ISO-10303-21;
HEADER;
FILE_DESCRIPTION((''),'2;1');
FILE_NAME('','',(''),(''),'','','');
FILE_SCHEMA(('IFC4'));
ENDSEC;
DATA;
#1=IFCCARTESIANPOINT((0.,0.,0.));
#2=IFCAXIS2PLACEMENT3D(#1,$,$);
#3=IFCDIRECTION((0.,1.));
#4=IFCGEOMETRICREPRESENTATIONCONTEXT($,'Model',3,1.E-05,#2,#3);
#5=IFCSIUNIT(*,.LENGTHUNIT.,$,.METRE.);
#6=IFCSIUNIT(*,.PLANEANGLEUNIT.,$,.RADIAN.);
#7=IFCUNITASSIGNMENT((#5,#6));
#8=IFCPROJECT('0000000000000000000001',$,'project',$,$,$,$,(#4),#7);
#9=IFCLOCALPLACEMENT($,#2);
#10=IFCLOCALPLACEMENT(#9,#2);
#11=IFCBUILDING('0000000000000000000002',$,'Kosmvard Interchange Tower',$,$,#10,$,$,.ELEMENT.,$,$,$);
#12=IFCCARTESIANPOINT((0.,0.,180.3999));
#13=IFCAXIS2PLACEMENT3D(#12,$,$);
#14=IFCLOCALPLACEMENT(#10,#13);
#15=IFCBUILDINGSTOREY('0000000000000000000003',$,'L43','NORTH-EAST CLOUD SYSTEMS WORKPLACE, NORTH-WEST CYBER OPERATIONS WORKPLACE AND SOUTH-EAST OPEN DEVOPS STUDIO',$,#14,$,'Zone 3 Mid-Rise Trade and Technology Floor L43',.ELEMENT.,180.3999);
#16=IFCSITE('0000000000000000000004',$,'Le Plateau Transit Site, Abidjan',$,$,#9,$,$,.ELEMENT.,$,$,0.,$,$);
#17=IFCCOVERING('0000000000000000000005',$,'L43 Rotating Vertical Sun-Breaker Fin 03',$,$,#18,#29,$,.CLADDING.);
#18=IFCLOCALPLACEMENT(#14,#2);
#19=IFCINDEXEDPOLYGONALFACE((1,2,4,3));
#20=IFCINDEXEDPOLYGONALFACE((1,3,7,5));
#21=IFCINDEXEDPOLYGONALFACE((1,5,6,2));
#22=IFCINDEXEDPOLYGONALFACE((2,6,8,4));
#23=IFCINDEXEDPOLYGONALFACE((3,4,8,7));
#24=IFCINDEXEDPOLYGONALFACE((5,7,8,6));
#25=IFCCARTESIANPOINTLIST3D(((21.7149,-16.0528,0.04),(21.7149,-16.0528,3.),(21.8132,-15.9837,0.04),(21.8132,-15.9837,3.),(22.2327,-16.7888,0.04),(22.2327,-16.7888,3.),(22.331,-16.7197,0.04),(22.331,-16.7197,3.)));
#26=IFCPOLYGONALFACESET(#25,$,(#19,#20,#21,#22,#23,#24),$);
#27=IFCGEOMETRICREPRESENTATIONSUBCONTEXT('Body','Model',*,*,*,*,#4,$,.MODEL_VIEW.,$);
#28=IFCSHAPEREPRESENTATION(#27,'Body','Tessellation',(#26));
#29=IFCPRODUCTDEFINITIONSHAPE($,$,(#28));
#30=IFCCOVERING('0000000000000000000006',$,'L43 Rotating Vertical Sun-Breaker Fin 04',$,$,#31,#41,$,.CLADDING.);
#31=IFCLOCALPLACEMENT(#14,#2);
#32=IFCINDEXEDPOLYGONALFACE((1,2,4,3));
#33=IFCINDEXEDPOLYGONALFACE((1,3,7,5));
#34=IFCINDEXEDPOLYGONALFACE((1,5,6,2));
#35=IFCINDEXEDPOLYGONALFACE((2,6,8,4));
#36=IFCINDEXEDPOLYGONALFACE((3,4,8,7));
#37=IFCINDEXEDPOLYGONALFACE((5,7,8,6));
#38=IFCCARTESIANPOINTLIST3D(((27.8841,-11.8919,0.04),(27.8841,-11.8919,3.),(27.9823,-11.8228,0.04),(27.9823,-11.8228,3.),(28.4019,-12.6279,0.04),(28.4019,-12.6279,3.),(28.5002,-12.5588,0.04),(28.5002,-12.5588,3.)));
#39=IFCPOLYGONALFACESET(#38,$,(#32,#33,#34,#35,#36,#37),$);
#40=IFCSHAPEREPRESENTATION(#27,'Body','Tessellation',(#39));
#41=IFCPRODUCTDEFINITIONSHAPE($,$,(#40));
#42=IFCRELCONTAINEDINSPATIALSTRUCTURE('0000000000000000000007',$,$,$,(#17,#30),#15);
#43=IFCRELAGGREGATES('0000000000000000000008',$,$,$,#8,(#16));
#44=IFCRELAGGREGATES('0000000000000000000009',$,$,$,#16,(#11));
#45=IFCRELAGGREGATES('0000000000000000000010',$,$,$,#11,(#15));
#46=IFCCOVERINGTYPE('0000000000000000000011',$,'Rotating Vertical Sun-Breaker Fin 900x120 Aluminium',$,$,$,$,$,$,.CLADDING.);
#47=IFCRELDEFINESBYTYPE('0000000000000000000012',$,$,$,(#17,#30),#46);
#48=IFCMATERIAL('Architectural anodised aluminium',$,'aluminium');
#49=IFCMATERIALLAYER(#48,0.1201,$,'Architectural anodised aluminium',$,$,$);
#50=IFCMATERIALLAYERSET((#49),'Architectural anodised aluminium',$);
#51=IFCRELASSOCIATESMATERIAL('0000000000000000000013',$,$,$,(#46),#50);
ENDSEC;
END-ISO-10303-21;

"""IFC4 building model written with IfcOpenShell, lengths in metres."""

from ifc_helpers import new_model, si_unit, direction, frame, origin, origin_2d, place, context, subcontext, project, spatial, rectangle, extrude, source, transform, mapped, material, layer, layer_set, type_object, element, save


model = new_model("IFC4")

# Units and contexts
model_context = context("Model", 3, precision=1e-05, world=origin(), true_north=direction((0.0, 1.0)))
body_context = subcontext(model_context, "Body", "Model", "MODEL_VIEW")
ifc_project = project(units=[si_unit("LENGTHUNIT", "METRE"), si_unit("PLANEANGLEUNIT", "RADIAN")], contexts=[model_context])

# Site, building, storey
site_placement = place(None, origin())
site = spatial("IfcSite", under=ifc_project, at=site_placement, Name="Le Plateau Transit Site, Abidjan", CompositionType="ELEMENT", RefElevation=0.0)
building_placement = place(site_placement, origin())
building = spatial("IfcBuilding", under=site, at=building_placement, Name="Kosmvard Interchange Tower", CompositionType="ELEMENT")
storey_placement = place(building_placement, frame((0.0, 0.0, 180.3999)))
storey = spatial("IfcBuildingStorey", under=building, at=storey_placement, Name="L43", Description="NORTH-EAST CLOUD SYSTEMS WORKPLACE, NORTH-WEST CYBER OPERATIONS WORKPLACE AND SOUTH-EAST OPEN DEVOPS STUDIO", LongName="Zone 3 Mid-Rise Trade and Technology Floor L43", CompositionType="ELEMENT", Elevation=180.3999)

# Coverings
ifc_material_1 = material(Name="Architectural anodised aluminium", Category="aluminium")
ifc_layer_1 = layer(ifc_material_1, 0.1201, Name="Architectural anodised aluminium")
ifc_layer_set_1 = layer_set([ifc_layer_1], Name="Architectural anodised aluminium")
covering_type = type_object("IfcCoveringType", Name="Rotating Vertical Sun-Breaker Fin 900x120 Aluminium", PredefinedType="CLADDING", material=ifc_layer_set_1)
shared_shape_1 = source(origin(), body_context, "Body", "SweptSolid", [
    extrude(rectangle(XDim=0.8999, YDim=0.1201, at=origin_2d()), origin(), (0.0, 0.0, 1.0), 2.96),
])
for number, where, z_axis, x_axis, name in (
    (1, (22.0229, -16.3862, 0.04), (0.0, 0.0, 1.0), (0.575434, -0.817849, 0.0), "L43 Rotating Vertical Sun-Breaker Fin 03"),
    (2, (28.1921, -12.2253, 0.04), (0.0, 0.0, 1.0), (0.575434, -0.817849, 0.0), "L43 Rotating Vertical Sun-Breaker Fin 04"),
):
    element("IfcCovering", number, at=place(storey_placement, frame(where, z_axis=z_axis, x_axis=x_axis)), inside=storey, type_object=covering_type, Name=name, PredefinedType="CLADDING", context=body_context, shape_type="MappedRepresentation", body=[
        mapped(shared_shape_1, transform((0.0, 0.0, 0.0), scale=1.0)),
    ])

save(model, "model.ifc")
